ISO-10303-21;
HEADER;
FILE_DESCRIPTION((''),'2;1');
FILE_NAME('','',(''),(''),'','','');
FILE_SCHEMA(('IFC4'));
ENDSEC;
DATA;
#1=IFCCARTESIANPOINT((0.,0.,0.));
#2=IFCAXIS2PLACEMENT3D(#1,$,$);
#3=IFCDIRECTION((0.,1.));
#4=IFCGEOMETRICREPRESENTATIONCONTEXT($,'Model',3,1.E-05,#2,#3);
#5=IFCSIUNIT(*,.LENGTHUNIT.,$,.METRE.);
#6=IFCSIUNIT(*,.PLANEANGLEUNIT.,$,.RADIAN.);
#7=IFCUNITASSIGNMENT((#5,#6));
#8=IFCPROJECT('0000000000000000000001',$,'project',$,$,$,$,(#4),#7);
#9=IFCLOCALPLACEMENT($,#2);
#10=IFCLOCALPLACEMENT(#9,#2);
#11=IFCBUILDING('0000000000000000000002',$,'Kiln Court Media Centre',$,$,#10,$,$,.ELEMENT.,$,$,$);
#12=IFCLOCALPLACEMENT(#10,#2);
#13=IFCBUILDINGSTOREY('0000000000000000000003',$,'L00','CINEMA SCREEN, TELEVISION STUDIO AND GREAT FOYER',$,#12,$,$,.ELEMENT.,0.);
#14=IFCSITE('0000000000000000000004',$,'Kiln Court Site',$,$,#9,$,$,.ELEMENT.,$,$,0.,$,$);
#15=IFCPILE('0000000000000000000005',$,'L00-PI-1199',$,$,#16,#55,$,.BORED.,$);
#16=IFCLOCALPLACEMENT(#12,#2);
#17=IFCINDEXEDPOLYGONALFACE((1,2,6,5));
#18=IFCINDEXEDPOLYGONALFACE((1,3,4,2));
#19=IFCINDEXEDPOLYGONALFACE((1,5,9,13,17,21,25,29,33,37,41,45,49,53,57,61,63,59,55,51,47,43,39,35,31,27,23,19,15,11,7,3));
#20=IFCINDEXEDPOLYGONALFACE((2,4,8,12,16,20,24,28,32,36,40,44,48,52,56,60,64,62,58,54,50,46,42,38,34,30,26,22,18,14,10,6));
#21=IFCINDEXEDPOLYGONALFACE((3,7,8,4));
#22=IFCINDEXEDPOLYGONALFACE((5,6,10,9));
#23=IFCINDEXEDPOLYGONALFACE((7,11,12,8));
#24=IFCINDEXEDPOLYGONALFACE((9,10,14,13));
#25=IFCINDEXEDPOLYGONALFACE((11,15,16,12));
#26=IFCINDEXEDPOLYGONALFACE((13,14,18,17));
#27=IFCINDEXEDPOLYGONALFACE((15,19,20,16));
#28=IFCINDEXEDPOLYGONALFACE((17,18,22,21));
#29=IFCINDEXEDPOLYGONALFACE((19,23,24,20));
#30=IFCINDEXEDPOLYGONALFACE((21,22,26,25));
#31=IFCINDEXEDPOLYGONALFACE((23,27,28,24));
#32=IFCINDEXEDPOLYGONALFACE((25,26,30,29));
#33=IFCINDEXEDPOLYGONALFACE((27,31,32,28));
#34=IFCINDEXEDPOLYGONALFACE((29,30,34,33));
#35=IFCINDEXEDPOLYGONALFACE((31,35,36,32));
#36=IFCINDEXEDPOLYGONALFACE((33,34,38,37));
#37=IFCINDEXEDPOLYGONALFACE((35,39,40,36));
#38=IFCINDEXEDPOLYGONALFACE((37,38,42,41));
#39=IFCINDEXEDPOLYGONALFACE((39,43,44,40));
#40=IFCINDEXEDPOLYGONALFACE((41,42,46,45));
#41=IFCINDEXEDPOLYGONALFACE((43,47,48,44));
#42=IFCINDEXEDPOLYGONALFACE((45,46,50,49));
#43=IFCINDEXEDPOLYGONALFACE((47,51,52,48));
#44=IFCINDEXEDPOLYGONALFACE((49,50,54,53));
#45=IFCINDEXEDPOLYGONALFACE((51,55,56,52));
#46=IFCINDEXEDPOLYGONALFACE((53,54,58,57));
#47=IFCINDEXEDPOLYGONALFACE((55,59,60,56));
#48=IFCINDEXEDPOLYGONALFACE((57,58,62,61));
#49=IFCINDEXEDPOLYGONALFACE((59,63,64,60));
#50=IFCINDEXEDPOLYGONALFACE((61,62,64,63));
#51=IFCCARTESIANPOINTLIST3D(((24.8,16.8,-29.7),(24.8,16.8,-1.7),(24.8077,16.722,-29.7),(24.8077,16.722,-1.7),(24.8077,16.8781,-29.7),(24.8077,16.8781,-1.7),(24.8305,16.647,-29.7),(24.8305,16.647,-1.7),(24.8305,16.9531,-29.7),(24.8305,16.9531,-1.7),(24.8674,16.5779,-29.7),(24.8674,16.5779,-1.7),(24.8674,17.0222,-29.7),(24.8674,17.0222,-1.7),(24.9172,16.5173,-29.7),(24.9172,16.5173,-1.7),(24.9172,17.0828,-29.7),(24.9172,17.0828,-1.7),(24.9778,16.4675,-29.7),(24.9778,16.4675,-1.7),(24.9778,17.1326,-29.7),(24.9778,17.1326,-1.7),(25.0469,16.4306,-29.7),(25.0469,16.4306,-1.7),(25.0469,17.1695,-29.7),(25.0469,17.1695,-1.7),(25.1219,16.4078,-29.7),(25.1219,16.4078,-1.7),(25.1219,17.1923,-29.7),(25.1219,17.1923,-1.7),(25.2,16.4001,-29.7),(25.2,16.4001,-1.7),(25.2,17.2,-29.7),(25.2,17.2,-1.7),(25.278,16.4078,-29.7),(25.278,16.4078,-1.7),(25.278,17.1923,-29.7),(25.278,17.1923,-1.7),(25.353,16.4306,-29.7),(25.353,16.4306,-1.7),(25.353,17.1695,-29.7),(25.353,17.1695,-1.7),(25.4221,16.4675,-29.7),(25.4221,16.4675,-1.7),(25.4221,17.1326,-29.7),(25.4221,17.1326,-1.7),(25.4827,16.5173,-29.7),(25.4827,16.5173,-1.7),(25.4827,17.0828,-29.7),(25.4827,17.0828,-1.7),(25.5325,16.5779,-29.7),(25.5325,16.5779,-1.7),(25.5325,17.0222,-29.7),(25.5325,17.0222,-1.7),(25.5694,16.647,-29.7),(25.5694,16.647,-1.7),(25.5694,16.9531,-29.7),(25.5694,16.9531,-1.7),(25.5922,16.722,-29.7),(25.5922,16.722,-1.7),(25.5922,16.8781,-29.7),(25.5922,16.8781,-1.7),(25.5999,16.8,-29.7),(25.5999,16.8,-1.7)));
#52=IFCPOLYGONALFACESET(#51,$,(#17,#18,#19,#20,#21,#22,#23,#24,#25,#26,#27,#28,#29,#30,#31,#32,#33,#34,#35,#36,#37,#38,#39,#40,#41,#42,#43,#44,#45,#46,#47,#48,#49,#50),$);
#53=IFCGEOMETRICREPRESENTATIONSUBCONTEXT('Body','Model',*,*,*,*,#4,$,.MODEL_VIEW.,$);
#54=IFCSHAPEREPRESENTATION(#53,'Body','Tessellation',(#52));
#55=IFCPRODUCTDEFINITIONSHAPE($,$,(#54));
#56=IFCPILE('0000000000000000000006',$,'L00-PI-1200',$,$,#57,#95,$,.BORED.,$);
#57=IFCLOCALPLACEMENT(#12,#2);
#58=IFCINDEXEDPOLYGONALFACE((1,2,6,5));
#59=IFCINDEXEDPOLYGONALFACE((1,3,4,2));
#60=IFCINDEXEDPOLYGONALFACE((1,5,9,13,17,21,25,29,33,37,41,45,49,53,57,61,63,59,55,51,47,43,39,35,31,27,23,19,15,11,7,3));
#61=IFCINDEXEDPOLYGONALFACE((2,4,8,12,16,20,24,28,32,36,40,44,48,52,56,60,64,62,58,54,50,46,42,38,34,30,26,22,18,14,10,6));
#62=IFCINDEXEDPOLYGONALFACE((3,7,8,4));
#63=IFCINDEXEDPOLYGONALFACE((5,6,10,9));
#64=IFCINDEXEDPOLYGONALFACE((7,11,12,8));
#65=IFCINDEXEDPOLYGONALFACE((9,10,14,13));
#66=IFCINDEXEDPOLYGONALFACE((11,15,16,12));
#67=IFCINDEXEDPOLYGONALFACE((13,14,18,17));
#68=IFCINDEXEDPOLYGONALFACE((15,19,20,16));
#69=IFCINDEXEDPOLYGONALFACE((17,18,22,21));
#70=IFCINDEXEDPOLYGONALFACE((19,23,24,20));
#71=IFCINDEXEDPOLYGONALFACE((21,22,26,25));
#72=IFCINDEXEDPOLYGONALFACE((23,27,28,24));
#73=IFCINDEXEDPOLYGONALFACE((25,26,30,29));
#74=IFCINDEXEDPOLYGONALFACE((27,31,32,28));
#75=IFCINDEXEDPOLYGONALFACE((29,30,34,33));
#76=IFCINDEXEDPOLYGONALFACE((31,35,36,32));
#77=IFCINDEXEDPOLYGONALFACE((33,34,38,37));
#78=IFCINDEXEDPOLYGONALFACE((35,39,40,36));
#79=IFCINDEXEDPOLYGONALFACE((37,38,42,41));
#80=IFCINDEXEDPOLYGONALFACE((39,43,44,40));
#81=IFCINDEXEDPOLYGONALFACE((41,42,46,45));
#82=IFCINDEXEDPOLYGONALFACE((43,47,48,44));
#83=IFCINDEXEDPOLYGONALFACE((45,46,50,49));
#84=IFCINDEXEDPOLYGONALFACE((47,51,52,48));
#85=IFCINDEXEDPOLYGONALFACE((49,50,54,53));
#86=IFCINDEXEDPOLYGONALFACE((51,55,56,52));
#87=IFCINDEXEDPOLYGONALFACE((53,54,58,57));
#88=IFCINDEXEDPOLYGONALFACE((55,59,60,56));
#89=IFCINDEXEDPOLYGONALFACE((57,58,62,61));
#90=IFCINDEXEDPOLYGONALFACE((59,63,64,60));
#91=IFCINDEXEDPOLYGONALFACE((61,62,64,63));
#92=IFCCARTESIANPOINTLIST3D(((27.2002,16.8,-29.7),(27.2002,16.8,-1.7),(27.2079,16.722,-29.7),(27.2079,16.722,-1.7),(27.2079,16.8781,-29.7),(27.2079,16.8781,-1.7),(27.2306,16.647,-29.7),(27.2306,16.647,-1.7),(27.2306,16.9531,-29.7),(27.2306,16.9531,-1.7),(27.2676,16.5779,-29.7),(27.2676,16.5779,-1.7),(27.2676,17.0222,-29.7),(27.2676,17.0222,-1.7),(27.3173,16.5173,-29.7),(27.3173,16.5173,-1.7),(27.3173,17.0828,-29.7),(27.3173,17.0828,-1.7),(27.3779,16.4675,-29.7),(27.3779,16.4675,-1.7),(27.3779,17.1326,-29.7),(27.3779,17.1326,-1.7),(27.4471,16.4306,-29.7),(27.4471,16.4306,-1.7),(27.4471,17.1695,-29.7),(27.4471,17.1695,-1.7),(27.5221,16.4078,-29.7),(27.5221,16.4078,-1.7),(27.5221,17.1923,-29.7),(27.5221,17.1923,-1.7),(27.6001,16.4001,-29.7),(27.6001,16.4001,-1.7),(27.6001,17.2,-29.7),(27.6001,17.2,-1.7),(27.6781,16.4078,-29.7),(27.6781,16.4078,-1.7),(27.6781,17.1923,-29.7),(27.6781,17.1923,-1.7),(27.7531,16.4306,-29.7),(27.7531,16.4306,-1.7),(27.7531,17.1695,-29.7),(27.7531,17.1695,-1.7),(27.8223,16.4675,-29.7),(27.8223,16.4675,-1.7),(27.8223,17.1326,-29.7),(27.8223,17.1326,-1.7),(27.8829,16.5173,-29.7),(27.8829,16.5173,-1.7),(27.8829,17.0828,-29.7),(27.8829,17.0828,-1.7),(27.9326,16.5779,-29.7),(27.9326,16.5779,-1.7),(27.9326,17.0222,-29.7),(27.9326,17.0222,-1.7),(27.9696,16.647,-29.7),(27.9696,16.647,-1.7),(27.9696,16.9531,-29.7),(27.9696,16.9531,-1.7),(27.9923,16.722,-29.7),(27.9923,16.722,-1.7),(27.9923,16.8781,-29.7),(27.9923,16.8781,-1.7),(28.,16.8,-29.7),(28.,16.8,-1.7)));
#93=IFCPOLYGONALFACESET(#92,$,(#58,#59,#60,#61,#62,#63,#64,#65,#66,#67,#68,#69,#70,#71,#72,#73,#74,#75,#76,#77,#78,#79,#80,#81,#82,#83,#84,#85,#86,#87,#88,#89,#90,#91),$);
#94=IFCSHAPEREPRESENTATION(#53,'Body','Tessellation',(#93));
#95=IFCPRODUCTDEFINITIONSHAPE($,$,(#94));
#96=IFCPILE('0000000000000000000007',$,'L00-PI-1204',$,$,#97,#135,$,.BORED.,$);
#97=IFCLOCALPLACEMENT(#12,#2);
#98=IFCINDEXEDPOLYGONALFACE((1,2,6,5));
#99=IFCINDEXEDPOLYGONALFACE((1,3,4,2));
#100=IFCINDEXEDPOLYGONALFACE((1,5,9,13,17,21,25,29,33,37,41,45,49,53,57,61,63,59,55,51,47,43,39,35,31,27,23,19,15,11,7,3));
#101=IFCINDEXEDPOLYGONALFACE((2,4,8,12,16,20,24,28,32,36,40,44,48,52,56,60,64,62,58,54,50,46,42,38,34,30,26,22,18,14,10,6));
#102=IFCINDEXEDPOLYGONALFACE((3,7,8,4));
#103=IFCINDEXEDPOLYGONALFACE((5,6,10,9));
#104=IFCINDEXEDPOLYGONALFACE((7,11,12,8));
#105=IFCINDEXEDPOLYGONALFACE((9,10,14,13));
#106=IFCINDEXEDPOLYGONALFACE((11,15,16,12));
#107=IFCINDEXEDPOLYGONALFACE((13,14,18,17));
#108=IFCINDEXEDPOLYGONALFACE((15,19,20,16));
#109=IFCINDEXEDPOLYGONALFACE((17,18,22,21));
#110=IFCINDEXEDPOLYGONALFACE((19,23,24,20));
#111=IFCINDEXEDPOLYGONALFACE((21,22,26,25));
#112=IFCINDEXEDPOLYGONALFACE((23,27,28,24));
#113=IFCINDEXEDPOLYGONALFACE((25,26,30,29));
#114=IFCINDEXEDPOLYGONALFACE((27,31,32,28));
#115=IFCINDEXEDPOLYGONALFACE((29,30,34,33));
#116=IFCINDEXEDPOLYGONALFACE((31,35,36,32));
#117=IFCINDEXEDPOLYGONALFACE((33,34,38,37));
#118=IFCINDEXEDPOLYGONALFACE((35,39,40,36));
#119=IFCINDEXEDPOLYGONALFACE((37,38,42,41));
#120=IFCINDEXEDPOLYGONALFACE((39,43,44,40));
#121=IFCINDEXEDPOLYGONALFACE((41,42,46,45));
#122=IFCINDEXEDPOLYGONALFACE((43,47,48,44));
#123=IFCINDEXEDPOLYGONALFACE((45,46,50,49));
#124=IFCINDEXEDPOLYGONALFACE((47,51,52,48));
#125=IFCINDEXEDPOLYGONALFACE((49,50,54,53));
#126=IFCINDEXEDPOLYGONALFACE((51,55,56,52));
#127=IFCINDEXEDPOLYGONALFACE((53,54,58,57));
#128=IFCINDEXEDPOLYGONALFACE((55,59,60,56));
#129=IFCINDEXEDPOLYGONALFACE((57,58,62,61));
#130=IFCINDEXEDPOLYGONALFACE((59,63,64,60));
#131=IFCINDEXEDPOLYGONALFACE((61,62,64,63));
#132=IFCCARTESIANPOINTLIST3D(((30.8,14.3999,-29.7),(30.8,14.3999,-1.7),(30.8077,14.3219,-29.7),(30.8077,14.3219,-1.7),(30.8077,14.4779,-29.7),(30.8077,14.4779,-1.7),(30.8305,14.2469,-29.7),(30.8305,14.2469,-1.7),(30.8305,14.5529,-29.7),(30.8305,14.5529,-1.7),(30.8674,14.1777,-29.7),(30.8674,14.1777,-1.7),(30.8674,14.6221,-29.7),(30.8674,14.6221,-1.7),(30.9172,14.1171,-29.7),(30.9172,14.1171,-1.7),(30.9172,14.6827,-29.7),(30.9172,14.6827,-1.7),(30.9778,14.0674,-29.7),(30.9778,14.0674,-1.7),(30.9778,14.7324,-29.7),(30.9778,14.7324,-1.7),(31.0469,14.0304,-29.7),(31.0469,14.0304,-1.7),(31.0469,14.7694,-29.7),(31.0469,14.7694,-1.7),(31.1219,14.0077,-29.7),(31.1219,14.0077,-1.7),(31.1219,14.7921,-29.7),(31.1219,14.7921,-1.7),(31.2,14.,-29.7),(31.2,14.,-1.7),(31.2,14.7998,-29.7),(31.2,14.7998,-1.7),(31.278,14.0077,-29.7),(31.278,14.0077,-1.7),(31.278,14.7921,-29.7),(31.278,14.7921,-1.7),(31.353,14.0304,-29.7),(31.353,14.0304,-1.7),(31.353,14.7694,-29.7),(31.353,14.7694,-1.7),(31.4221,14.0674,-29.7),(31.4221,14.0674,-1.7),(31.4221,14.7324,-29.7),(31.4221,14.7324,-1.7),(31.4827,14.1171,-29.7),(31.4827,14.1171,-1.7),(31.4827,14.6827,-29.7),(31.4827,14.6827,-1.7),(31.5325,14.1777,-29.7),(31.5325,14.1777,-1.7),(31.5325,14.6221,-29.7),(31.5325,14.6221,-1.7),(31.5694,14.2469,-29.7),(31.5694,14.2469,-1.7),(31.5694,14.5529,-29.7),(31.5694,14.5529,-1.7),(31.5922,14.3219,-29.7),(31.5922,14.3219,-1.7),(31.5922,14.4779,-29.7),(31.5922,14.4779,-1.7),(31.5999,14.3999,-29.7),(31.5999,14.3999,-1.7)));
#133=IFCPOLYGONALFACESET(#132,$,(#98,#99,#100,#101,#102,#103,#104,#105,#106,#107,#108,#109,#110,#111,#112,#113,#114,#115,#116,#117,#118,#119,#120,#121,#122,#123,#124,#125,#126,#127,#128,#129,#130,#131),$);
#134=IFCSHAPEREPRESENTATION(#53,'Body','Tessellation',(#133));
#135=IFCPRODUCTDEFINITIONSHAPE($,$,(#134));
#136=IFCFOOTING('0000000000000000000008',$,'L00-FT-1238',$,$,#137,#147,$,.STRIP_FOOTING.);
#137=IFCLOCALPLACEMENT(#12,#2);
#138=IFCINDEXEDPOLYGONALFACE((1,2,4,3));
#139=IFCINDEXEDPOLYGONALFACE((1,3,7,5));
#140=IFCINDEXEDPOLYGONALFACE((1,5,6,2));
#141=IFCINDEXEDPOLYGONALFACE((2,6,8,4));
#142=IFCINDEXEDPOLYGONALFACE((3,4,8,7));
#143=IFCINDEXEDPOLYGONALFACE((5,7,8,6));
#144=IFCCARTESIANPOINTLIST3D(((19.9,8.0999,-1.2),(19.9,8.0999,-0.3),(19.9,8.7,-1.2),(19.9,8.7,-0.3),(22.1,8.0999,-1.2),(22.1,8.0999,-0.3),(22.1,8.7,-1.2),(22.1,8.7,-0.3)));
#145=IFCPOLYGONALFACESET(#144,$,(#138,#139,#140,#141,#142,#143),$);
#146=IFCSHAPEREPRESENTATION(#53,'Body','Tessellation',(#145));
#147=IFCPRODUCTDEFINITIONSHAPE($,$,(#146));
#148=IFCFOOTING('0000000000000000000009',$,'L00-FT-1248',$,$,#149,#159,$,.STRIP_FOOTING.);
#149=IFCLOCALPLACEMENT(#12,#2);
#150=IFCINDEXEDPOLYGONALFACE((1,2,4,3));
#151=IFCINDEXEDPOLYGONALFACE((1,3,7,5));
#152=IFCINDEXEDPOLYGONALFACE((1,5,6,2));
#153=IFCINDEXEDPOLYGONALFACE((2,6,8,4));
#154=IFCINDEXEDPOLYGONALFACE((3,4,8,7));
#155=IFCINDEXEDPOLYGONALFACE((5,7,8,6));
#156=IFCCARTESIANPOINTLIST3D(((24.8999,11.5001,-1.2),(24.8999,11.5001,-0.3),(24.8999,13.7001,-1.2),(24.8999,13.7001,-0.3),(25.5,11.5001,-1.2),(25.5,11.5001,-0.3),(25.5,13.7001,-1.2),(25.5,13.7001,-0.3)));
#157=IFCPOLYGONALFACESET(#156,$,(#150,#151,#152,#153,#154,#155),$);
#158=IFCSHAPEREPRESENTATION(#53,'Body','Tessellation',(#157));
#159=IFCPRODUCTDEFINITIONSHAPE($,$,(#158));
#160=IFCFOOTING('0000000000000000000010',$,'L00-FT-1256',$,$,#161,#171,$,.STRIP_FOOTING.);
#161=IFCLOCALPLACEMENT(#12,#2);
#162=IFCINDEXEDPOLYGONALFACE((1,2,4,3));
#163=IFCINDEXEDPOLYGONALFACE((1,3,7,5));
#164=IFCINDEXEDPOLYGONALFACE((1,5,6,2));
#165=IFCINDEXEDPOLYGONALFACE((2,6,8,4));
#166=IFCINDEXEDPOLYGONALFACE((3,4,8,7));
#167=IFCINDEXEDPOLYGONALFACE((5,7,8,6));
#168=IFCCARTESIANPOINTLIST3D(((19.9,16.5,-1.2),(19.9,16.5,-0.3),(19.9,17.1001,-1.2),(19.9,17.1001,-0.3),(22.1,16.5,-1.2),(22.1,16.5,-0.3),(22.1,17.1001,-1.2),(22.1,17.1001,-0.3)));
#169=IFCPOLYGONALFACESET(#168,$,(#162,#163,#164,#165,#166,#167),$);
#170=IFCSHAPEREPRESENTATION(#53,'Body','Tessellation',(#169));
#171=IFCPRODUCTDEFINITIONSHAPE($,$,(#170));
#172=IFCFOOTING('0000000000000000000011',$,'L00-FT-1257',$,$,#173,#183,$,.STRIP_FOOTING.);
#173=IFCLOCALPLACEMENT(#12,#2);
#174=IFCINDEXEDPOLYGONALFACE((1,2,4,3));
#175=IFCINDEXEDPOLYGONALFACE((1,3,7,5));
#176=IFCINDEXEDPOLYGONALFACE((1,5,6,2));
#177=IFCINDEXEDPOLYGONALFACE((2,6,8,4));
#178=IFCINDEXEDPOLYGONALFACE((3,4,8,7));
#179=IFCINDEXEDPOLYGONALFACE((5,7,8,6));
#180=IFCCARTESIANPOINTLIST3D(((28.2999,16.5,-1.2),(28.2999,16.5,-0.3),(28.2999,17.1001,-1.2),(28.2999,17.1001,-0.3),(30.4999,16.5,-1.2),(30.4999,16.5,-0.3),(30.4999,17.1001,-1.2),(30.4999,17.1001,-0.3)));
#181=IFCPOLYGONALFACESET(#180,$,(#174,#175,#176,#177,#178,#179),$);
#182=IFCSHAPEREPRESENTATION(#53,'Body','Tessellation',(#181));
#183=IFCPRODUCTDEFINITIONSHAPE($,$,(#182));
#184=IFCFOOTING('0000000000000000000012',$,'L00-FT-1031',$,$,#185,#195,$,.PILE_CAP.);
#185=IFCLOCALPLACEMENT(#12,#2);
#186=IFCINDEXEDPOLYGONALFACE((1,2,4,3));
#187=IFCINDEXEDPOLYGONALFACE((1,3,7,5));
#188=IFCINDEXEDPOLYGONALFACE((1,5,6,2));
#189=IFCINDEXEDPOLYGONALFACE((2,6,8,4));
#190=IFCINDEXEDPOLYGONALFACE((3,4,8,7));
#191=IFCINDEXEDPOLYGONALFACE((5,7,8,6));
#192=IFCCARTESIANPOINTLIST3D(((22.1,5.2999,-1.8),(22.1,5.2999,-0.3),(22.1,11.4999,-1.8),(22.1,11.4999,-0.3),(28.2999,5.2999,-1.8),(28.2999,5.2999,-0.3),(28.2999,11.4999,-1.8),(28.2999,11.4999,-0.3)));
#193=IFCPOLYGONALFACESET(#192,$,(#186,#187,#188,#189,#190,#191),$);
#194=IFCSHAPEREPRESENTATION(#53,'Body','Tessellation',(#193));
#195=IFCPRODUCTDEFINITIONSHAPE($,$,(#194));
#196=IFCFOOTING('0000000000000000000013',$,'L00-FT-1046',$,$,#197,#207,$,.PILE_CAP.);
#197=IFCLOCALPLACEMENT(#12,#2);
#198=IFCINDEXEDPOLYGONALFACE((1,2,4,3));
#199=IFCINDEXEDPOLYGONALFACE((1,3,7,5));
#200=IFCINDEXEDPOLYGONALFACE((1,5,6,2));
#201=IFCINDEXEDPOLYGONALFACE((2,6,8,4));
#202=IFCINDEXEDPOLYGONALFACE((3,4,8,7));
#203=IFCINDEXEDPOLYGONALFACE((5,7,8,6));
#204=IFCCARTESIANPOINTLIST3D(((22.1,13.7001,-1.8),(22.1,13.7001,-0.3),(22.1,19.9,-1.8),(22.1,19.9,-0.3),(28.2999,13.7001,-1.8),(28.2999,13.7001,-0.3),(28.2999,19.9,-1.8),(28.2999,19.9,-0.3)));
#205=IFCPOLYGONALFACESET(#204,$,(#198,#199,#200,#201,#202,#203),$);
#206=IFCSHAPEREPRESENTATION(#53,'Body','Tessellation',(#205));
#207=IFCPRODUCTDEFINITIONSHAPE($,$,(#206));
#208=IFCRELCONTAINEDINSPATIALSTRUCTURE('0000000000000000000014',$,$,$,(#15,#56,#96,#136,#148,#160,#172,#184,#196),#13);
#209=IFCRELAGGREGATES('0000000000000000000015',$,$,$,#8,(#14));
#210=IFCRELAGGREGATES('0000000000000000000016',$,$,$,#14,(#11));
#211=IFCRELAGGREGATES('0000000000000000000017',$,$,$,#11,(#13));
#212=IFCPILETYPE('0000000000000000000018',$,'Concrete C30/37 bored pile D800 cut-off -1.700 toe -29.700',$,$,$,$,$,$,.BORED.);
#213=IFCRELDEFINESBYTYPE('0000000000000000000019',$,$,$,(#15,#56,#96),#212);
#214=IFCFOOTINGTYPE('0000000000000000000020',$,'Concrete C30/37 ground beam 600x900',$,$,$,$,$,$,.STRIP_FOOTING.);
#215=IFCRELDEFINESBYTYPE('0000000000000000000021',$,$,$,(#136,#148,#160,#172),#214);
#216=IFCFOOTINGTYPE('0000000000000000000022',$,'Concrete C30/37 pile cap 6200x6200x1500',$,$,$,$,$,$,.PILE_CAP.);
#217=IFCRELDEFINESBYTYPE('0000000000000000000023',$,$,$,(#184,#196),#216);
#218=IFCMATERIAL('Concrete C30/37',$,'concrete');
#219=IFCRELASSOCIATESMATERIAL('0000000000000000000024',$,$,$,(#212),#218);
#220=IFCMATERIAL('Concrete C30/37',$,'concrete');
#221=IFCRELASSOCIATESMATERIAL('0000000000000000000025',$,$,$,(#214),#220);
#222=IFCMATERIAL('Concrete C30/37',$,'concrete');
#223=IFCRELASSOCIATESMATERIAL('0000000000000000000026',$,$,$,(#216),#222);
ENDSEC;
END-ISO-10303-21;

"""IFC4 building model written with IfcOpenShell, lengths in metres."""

from ifc_helpers import new_model, si_unit, direction, frame, origin, origin_2d, place, context, subcontext, project, spatial, rectangle, circle, extrude, material, material_profile, profile_set, type_object, element, save


model = new_model("IFC4")

# Units and contexts
model_context = context("Model", 3, precision=1e-05, world=origin(), true_north=direction((0.0, 1.0)))
body_context = subcontext(model_context, "Body", "Model", "MODEL_VIEW")
ifc_project = project(units=[si_unit("LENGTHUNIT", "METRE"), si_unit("PLANEANGLEUNIT", "RADIAN")], contexts=[model_context])

# Site, building, storey
site_placement = place(None, origin())
site = spatial("IfcSite", under=ifc_project, at=site_placement, Name="Kiln Court Site", CompositionType="ELEMENT", RefElevation=0.0)
building_placement = place(site_placement, origin())
building = spatial("IfcBuilding", under=site, at=building_placement, Name="Kiln Court Media Centre", CompositionType="ELEMENT")
storey_placement = place(building_placement, origin())
storey = spatial("IfcBuildingStorey", under=building, at=storey_placement, Name="L00", Description="CINEMA SCREEN, TELEVISION STUDIO AND GREAT FOYER", CompositionType="ELEMENT", Elevation=0.0)

# Piles
ifc_material_1 = material(Name="Concrete C30/37", Category="concrete")
ifc_material_profile_1 = material_profile(ifc_material_1, circle(Radius=0.3999, at=origin_2d()), Name="PILE D800")
ifc_profile_set_1 = profile_set([ifc_material_profile_1], Name="Concrete C30/37")
pile_type = type_object("IfcPileType", Name="Concrete C30/37 bored pile D800 cut-off -1.700 toe -29.700", PredefinedType="BORED", material=ifc_profile_set_1)
for number, where, z_axis, x_axis, name in (
    (1, (25.2, 16.8, -1.7), (0.0, 0.0, -1.0), (1.0, 0.0, 0.0), "L00-PI-1199"),
    (2, (27.6001, 16.8, -1.7), (0.0, 0.0, -1.0), (1.0, 0.0, 0.0), "L00-PI-1200"),
    (3, (31.2, 14.3999, -1.7), (0.0, 0.0, -1.0), (1.0, 0.0, 0.0), "L00-PI-1204"),
):
    element("IfcPile", number, at=place(storey_placement, frame(where, z_axis=z_axis, x_axis=x_axis)), inside=storey, type_object=pile_type, Name=name, PredefinedType="BORED", context=body_context, shape_type="SweptSolid", body=[
        extrude(circle(Radius=0.3999, at=origin_2d()), origin(), (0.0, 0.0, 1.0), 28.0),
    ])

# Footings
ifc_material_2 = material(Name="Concrete C30/37", Category="concrete")
footing_type_1 = type_object("IfcFootingType", Name="Concrete C30/37 ground beam 600x900", PredefinedType="STRIP_FOOTING", material=ifc_material_2)
footing_1_placement = place(storey_placement, frame((21.0, 8.3999, -1.2), z_axis=(0.0, 0.0, 1.0), x_axis=(1.0, 0.0, 0.0)))
element("IfcFooting", 4, at=footing_1_placement, inside=storey, type_object=footing_type_1, Name="L00-FT-1238", PredefinedType="STRIP_FOOTING", context=body_context, shape_type="SweptSolid", body=[
    extrude(rectangle(XDim=2.2, YDim=0.6001, at=origin_2d()), origin(), (0.0, 0.0, 1.0), 0.8999),
])
footing_2_placement = place(storey_placement, frame((25.2, 12.6001, -1.2), z_axis=(0.0, 0.0, 1.0), x_axis=(1.0, 0.0, 0.0)))
element("IfcFooting", 5, at=footing_2_placement, inside=storey, type_object=footing_type_1, Name="L00-FT-1248", PredefinedType="STRIP_FOOTING", context=body_context, shape_type="SweptSolid", body=[
    extrude(rectangle(XDim=0.6001, YDim=2.2, at=origin_2d()), origin(), (0.0, 0.0, 1.0), 0.8999),
])
for number, where, z_axis, x_axis, name in (
    (6, (21.0, 16.8, -1.2), (0.0, 0.0, 1.0), (1.0, 0.0, 0.0), "L00-FT-1256"),
    (7, (29.3999, 16.8, -1.2), (0.0, 0.0, 1.0), (1.0, 0.0, 0.0), "L00-FT-1257"),
):
    element("IfcFooting", number, at=place(storey_placement, frame(where, z_axis=z_axis, x_axis=x_axis)), inside=storey, type_object=footing_type_1, Name=name, PredefinedType="STRIP_FOOTING", context=body_context, shape_type="SweptSolid", body=[
        extrude(rectangle(XDim=2.2, YDim=0.6001, at=origin_2d()), origin(), (0.0, 0.0, 1.0), 0.8999),
    ])
ifc_material_3 = material(Name="Concrete C30/37", Category="concrete")
footing_type_2 = type_object("IfcFootingType", Name="Concrete C30/37 pile cap 6200x6200x1500", PredefinedType="PILE_CAP", material=ifc_material_3)
for number, where, z_axis, x_axis, name in (
    (8, (25.2, 8.3999, -1.8), (0.0, 0.0, 1.0), (1.0, 0.0, 0.0), "L00-FT-1031"),
    (9, (25.2, 16.8, -1.8), (0.0, 0.0, 1.0), (1.0, 0.0, 0.0), "L00-FT-1046"),
):
    element("IfcFooting", number, at=place(storey_placement, frame(where, z_axis=z_axis, x_axis=x_axis)), inside=storey, type_object=footing_type_2, Name=name, PredefinedType="PILE_CAP", context=body_context, shape_type="SweptSolid", body=[
        extrude(rectangle(XDim=6.2, YDim=6.2, at=origin_2d()), origin(), (0.0, 0.0, 1.0), 1.5),
    ])

save(model, "model.ifc")
